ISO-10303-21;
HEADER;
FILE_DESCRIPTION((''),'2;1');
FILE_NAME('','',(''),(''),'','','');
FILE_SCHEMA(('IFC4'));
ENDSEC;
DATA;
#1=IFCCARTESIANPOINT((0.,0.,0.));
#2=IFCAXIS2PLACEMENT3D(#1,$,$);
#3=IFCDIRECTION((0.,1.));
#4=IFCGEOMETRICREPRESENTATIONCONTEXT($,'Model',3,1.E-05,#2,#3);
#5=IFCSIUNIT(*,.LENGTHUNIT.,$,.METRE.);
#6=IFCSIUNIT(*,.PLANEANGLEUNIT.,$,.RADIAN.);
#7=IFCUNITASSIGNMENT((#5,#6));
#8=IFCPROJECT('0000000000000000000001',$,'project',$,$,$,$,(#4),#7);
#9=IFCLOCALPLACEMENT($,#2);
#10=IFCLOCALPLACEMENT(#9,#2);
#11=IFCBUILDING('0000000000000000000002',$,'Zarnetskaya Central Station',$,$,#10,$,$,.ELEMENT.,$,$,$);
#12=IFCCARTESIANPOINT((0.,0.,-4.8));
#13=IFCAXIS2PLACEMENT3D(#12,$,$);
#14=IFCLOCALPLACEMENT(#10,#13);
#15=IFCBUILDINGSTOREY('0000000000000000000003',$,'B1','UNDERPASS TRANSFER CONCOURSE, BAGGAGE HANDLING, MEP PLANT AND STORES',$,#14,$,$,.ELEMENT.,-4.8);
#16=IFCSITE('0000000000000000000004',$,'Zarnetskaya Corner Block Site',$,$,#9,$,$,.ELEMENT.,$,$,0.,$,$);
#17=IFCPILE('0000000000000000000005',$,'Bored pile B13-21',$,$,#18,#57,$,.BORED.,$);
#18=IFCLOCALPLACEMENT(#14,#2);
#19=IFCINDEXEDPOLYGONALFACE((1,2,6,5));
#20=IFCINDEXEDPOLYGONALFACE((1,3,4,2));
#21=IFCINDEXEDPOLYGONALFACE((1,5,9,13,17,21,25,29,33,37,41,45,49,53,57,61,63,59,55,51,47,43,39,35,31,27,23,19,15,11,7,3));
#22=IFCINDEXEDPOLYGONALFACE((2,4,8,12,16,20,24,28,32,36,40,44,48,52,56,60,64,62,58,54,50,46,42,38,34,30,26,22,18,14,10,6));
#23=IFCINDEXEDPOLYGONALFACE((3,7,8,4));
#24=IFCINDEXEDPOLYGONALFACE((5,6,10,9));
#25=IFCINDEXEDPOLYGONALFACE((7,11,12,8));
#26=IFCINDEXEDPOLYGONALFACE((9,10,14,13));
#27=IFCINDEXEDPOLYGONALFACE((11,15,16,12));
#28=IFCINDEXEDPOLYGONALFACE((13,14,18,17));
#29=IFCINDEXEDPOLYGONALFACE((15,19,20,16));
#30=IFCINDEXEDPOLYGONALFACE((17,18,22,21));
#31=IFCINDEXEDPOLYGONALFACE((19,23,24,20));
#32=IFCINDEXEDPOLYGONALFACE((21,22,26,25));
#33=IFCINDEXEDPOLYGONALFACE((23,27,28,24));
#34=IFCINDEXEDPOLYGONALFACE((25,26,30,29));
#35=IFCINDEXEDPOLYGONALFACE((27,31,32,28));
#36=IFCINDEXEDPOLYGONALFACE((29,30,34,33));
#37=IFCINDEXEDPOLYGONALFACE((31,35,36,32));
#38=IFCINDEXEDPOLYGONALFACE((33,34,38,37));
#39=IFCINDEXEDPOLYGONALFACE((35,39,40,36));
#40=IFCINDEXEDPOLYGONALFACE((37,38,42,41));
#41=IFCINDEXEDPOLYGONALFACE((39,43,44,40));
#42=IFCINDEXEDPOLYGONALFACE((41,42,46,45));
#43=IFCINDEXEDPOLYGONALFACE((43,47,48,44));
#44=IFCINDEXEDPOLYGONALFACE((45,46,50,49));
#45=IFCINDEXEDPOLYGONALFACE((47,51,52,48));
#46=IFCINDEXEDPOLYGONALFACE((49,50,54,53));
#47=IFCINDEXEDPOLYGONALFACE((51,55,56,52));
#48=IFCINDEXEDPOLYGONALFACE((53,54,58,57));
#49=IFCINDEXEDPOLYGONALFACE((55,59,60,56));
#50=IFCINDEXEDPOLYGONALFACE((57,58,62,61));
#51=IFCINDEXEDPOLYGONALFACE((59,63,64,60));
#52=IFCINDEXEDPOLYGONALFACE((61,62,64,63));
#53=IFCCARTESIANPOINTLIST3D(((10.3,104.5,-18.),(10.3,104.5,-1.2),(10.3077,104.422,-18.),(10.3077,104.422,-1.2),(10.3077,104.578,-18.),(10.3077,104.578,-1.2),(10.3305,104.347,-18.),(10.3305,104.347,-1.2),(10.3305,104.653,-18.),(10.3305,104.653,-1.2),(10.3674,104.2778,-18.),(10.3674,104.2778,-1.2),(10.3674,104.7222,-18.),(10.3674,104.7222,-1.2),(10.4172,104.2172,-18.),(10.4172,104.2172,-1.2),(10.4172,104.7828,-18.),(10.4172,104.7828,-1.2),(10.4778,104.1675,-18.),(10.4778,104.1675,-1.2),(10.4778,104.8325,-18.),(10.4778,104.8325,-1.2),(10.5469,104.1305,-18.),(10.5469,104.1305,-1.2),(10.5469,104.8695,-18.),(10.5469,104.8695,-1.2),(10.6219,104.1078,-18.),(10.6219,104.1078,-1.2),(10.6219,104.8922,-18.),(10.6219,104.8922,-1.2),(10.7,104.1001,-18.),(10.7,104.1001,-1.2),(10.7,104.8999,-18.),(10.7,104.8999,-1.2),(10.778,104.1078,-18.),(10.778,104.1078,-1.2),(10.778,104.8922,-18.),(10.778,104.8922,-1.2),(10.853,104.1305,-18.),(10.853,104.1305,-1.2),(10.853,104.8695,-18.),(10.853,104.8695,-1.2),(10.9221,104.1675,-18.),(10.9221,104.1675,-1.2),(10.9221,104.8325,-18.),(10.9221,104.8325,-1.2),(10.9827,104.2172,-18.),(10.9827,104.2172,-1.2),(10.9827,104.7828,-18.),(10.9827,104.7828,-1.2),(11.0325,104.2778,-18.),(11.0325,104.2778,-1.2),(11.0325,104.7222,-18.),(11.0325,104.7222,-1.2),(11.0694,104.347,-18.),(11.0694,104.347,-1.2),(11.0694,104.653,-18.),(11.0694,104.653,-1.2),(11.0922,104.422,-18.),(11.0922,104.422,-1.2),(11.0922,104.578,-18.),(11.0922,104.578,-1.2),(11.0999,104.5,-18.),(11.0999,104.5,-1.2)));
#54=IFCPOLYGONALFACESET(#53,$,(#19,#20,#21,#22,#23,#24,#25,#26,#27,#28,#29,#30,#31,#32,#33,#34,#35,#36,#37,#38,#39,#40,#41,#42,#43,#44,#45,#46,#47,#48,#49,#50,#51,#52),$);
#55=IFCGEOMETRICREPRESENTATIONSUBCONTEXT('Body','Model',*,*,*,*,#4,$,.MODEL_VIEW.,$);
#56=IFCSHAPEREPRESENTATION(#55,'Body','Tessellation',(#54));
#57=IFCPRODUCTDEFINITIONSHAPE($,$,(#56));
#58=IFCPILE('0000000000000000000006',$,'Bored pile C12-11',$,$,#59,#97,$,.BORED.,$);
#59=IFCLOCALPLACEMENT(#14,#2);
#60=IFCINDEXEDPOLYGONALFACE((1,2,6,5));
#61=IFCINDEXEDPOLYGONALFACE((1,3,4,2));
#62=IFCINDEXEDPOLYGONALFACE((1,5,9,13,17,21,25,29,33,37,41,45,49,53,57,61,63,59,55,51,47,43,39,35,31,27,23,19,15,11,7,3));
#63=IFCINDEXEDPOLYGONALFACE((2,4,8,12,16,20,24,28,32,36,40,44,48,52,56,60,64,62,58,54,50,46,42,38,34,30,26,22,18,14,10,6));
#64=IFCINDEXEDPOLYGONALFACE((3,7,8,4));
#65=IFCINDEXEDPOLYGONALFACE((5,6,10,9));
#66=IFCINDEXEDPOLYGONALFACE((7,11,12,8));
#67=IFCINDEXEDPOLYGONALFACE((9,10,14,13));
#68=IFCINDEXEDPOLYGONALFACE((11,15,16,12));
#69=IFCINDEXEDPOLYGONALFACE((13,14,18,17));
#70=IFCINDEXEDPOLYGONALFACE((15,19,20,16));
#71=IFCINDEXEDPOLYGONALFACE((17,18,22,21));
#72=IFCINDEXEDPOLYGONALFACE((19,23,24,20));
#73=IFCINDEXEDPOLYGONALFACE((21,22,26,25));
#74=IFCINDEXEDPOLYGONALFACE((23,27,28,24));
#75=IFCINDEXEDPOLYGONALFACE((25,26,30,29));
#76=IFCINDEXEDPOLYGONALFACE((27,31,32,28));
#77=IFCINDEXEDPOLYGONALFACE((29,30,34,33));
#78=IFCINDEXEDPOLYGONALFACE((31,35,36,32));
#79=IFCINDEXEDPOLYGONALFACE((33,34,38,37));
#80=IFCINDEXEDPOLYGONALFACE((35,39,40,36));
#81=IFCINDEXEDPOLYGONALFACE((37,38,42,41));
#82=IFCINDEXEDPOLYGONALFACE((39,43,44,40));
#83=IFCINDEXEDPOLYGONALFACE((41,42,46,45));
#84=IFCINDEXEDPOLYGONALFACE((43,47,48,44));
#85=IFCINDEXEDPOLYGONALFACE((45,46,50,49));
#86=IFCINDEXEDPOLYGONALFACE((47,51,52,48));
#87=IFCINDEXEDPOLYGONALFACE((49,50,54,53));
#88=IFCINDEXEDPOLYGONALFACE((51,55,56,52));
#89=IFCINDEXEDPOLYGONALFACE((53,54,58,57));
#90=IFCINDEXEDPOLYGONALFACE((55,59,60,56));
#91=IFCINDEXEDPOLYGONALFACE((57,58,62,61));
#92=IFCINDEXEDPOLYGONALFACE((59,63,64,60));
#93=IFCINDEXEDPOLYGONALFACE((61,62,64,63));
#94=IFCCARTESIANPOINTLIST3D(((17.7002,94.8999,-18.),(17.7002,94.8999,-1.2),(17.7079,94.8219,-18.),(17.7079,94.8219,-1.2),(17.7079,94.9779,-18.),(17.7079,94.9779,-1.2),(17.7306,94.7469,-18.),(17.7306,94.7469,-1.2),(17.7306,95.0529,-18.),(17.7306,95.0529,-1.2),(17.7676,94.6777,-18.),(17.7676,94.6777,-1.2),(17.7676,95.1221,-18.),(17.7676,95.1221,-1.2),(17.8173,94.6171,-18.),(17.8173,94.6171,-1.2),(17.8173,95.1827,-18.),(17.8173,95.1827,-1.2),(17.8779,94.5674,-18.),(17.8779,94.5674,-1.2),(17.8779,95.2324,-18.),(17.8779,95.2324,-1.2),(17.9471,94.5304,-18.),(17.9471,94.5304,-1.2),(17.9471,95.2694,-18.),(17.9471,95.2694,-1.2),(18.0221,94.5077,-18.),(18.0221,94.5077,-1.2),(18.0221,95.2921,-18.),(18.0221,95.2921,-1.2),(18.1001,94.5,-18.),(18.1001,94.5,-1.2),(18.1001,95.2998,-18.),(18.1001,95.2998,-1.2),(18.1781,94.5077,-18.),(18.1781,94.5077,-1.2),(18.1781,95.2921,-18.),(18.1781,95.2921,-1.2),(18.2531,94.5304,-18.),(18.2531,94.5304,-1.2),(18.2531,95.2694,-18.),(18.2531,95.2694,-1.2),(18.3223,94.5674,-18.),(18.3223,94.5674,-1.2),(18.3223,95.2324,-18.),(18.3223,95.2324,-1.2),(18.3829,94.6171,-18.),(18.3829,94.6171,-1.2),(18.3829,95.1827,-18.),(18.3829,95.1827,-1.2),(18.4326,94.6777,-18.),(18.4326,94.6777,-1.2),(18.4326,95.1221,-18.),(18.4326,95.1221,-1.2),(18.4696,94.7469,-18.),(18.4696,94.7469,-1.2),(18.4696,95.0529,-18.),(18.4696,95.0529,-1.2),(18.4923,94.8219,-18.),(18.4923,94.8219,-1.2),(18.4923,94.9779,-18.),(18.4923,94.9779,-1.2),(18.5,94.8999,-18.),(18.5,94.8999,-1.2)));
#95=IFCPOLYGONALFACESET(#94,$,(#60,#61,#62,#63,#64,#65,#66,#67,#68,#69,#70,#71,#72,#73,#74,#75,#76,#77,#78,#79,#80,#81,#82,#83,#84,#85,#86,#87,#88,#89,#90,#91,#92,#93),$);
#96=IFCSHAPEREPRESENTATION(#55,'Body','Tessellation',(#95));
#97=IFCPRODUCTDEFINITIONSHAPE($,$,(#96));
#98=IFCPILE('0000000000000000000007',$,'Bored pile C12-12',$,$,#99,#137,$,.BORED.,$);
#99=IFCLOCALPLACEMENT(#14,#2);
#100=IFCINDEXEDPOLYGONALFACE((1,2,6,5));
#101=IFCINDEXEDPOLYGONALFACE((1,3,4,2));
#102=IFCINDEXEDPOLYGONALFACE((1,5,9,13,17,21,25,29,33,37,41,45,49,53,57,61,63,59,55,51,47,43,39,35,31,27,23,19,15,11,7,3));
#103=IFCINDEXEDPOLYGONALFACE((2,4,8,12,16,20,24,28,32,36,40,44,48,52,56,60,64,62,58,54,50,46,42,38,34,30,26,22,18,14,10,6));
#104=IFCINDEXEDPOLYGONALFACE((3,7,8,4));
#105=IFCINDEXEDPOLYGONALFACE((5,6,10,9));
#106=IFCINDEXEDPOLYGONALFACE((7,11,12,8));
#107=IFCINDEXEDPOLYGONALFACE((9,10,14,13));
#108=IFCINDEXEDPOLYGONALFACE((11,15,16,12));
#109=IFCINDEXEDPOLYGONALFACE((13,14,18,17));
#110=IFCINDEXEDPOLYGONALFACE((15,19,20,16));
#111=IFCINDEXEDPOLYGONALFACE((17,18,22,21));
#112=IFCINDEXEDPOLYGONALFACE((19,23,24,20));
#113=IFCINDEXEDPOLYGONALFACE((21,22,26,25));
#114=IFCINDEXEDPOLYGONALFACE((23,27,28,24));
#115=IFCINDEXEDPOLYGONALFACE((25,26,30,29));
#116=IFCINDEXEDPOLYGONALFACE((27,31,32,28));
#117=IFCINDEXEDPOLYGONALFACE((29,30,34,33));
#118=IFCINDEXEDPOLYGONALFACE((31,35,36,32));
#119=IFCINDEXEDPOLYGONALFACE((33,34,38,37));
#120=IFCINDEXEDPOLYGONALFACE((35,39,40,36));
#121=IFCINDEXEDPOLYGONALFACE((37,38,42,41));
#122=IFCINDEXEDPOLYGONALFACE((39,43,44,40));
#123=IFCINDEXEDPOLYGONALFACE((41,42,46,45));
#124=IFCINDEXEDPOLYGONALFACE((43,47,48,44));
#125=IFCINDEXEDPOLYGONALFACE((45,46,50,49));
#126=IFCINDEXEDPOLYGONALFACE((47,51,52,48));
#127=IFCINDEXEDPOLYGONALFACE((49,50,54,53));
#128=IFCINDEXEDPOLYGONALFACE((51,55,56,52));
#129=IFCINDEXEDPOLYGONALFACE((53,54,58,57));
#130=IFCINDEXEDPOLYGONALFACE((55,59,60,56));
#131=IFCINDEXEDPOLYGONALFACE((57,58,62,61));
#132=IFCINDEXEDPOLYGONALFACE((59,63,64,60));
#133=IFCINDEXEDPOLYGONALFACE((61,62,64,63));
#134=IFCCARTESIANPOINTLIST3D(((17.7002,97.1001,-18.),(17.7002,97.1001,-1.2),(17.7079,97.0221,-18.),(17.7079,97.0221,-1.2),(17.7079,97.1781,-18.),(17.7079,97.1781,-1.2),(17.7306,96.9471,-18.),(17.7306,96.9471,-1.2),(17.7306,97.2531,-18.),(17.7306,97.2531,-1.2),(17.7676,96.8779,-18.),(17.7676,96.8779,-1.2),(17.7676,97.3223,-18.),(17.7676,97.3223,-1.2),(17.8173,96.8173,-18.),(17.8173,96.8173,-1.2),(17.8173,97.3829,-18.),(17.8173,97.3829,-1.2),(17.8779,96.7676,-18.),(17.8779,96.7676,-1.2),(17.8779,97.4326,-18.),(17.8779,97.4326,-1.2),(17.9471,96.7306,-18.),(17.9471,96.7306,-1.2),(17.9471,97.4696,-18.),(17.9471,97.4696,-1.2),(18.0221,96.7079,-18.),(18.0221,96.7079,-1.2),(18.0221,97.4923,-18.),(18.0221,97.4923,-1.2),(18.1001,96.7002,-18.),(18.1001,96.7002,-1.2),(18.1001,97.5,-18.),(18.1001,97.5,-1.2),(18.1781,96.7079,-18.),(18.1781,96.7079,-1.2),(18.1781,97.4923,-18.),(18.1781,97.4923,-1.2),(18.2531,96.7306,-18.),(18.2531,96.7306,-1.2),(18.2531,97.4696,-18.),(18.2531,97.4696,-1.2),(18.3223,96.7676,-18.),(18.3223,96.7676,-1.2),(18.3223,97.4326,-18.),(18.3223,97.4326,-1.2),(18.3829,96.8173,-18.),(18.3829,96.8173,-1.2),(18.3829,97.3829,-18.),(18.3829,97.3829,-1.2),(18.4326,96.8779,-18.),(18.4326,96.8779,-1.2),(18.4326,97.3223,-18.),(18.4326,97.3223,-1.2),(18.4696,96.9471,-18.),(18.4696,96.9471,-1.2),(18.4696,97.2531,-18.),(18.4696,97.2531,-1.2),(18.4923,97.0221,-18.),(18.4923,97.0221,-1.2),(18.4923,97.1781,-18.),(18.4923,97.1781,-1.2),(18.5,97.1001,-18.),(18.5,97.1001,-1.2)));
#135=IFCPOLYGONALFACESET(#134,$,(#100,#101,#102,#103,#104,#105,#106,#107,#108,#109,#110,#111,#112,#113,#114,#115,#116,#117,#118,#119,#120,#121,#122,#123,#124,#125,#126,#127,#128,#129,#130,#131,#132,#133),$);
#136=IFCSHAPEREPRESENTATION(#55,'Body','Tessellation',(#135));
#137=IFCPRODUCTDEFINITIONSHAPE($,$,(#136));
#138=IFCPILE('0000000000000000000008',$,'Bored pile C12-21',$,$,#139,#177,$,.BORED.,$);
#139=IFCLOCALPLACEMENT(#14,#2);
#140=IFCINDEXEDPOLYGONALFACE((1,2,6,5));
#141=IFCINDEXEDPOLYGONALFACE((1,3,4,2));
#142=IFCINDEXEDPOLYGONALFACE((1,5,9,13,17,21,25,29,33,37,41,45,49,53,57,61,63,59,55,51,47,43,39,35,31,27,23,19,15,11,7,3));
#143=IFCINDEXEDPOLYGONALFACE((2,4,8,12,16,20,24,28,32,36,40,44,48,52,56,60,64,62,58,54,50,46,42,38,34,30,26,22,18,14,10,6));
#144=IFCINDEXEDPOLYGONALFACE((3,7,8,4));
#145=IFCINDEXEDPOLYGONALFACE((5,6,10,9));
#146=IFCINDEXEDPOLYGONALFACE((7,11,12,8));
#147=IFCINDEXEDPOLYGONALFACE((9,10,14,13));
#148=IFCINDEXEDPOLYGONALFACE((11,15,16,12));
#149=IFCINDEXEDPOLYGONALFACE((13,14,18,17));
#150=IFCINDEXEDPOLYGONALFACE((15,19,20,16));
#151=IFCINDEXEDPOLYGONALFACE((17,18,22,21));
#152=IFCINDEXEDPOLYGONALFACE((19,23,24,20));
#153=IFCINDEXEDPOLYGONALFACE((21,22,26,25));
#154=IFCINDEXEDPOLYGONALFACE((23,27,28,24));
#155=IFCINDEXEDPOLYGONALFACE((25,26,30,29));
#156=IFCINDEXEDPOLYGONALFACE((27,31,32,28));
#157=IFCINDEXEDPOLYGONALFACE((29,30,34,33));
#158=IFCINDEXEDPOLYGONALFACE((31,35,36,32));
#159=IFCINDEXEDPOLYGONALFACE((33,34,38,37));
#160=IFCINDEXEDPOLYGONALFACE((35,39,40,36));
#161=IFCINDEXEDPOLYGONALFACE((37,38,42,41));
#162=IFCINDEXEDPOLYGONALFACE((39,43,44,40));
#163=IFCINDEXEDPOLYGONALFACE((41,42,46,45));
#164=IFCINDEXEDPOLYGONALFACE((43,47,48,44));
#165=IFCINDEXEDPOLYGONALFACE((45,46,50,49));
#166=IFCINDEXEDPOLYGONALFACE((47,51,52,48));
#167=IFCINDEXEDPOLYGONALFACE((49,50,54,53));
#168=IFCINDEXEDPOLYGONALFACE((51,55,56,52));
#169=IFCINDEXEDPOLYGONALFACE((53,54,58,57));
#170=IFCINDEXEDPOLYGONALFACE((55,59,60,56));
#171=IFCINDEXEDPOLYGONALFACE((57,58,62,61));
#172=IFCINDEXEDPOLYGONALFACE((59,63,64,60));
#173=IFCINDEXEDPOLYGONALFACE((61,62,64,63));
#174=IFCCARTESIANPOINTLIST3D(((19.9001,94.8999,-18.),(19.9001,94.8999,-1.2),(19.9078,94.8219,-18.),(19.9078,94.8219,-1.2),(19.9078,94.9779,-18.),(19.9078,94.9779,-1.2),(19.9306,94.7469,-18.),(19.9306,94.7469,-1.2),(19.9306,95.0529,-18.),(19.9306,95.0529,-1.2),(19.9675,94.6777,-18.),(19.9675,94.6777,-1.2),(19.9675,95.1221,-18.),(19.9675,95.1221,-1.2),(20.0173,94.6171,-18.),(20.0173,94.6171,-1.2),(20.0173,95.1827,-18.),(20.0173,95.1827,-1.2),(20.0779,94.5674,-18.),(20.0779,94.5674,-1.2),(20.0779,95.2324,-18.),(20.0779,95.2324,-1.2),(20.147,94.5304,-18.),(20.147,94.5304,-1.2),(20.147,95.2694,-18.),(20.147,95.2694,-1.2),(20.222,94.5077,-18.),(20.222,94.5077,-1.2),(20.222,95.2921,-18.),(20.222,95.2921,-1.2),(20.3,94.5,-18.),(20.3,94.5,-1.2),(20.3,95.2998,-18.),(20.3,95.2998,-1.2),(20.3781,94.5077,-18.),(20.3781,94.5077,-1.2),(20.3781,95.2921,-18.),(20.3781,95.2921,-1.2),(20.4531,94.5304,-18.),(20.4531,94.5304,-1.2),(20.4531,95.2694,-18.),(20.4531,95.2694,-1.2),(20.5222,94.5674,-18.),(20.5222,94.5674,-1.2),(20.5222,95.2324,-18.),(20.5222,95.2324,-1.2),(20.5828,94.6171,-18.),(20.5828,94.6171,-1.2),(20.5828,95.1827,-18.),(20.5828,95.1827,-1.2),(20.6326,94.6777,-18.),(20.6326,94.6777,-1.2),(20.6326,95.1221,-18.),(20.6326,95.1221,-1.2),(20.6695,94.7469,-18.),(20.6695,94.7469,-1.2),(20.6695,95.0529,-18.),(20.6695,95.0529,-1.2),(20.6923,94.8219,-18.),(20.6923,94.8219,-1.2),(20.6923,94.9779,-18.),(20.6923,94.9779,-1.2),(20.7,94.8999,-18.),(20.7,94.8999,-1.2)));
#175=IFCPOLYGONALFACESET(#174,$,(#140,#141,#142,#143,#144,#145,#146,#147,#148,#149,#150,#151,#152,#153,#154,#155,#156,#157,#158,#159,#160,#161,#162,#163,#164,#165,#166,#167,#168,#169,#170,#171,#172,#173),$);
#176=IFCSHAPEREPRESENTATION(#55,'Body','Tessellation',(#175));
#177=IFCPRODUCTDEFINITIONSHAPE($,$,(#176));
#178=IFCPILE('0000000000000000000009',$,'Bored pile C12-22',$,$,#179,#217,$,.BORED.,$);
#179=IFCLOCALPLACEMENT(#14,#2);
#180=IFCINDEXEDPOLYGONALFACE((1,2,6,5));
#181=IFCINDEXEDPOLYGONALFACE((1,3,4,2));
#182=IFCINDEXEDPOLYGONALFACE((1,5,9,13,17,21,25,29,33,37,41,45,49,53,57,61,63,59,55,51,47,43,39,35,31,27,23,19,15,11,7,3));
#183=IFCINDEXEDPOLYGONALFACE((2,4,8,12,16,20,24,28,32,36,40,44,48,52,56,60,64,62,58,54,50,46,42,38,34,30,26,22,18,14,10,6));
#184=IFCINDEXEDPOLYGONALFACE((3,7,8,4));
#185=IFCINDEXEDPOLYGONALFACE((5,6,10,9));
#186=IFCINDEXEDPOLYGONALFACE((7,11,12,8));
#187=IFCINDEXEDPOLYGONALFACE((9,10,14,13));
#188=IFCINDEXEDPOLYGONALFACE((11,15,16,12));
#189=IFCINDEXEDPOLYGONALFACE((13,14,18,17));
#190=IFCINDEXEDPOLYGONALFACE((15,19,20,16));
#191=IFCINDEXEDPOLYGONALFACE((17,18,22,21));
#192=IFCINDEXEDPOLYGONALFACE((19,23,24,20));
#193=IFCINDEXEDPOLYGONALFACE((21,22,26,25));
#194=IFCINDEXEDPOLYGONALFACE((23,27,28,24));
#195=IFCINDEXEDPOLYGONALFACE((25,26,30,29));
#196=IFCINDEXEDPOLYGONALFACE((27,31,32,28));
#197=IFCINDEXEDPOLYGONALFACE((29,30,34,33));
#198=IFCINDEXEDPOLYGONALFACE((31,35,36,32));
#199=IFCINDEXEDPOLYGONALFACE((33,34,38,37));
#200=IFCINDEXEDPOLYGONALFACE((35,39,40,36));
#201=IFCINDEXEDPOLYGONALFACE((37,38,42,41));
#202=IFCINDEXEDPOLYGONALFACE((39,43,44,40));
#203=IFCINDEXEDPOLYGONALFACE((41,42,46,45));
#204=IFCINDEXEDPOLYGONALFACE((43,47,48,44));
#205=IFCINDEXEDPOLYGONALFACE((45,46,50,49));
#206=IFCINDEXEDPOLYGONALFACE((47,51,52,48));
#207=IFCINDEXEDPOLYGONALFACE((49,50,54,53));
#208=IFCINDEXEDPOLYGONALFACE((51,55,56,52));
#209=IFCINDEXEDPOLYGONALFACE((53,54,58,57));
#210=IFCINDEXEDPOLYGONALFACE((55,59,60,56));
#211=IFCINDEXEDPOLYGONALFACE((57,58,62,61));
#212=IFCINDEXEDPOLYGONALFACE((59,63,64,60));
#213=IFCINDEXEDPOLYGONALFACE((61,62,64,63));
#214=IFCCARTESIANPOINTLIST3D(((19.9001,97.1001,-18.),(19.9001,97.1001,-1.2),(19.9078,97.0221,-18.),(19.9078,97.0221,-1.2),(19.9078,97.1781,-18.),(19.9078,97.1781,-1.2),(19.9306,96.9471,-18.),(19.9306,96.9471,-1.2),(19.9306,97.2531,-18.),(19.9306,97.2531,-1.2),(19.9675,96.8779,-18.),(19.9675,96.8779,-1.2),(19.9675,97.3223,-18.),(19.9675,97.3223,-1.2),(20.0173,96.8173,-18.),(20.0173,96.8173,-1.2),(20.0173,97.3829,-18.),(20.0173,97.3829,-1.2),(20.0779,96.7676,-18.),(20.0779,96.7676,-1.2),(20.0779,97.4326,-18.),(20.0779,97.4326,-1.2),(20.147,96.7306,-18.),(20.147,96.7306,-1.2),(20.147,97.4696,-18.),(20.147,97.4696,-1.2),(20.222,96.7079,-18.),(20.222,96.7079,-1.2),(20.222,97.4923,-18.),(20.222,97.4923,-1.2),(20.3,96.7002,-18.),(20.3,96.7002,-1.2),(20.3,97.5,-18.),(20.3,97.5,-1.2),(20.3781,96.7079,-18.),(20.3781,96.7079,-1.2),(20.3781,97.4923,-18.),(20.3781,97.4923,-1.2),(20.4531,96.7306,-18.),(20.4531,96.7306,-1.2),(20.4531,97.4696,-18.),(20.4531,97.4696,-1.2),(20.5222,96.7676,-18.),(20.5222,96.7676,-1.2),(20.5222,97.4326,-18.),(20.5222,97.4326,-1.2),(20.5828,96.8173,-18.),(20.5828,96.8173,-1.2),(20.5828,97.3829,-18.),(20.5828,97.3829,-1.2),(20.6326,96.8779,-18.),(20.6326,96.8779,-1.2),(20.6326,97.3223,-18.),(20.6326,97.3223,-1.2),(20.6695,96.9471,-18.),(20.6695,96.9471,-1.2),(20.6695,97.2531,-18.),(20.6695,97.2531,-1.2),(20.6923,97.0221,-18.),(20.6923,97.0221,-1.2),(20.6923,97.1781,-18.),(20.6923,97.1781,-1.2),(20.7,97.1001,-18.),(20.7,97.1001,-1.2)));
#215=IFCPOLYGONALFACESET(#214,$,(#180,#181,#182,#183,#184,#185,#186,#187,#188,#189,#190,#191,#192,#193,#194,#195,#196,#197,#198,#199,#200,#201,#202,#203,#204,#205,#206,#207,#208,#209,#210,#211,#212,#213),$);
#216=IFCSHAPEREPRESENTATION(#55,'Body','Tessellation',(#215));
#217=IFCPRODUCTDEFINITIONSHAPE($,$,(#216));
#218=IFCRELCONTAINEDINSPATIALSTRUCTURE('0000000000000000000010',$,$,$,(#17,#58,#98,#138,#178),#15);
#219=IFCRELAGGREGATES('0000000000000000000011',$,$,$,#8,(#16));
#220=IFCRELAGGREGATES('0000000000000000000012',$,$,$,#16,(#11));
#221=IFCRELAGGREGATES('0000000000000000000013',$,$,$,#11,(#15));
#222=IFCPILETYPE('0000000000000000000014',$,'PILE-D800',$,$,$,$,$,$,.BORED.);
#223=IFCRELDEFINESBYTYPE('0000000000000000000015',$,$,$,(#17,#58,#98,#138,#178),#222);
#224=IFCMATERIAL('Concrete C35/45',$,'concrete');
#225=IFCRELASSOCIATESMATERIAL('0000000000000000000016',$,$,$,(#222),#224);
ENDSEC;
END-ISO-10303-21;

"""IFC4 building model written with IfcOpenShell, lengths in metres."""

from ifc_helpers import new_model, si_unit, direction, frame, origin, origin_2d, place, context, subcontext, project, spatial, circle, extrude, material, material_profile, profile_set, type_object, element, save


model = new_model("IFC4")

# Units and contexts
model_context = context("Model", 3, precision=1e-05, world=origin(), true_north=direction((0.0, 1.0)))
body_context = subcontext(model_context, "Body", "Model", "MODEL_VIEW")
ifc_project = project(units=[si_unit("LENGTHUNIT", "METRE"), si_unit("PLANEANGLEUNIT", "RADIAN")], contexts=[model_context])

# Site, building, storey
site_placement = place(None, origin())
site = spatial("IfcSite", under=ifc_project, at=site_placement, Name="Zarnetskaya Corner Block Site", CompositionType="ELEMENT", RefElevation=0.0)
building_placement = place(site_placement, origin())
building = spatial("IfcBuilding", under=site, at=building_placement, Name="Zarnetskaya Central Station", CompositionType="ELEMENT")
storey_placement = place(building_placement, frame((0.0, 0.0, -4.8)))
storey = spatial("IfcBuildingStorey", under=building, at=storey_placement, Name="B1", Description="UNDERPASS TRANSFER CONCOURSE, BAGGAGE HANDLING, MEP PLANT AND STORES", CompositionType="ELEMENT", Elevation=-4.8)

# Shared definitions
ifc_material = material(Name="Concrete C35/45", Category="concrete")

# Piles
ifc_material_profile_1 = material_profile(ifc_material, circle(Radius=0.3999, at=origin_2d()), Name="BORED PILE D800")
ifc_profile_set_1 = profile_set([ifc_material_profile_1], Name="Concrete C35/45")
pile_type = type_object("IfcPileType", Name="PILE-D800", PredefinedType="BORED", material=ifc_profile_set_1)
for number, where, z_axis, x_axis, name in (
    (1, (10.7, 104.5, -1.2), (0.0, 0.0, -1.0), (1.0, 0.0, 0.0), "Bored pile B13-21"),
    (2, (18.1001, 94.8999, -1.2), (0.0, 0.0, -1.0), (1.0, 0.0, 0.0), "Bored pile C12-11"),
    (3, (18.1001, 97.1001, -1.2), (0.0, 0.0, -1.0), (1.0, 0.0, 0.0), "Bored pile C12-12"),
    (4, (20.3, 94.8999, -1.2), (0.0, 0.0, -1.0), (1.0, 0.0, 0.0), "Bored pile C12-21"),
    (5, (20.3, 97.1001, -1.2), (0.0, 0.0, -1.0), (1.0, 0.0, 0.0), "Bored pile C12-22"),
):
    element("IfcPile", number, at=place(storey_placement, frame(where, z_axis=z_axis, x_axis=x_axis)), inside=storey, type_object=pile_type, Name=name, PredefinedType="BORED", context=body_context, shape_type="SweptSolid", body=[
        extrude(circle(Radius=0.3999, at=origin_2d()), origin(), (0.0, 0.0, 1.0), 16.8),
    ])

save(model, "model.ifc")
